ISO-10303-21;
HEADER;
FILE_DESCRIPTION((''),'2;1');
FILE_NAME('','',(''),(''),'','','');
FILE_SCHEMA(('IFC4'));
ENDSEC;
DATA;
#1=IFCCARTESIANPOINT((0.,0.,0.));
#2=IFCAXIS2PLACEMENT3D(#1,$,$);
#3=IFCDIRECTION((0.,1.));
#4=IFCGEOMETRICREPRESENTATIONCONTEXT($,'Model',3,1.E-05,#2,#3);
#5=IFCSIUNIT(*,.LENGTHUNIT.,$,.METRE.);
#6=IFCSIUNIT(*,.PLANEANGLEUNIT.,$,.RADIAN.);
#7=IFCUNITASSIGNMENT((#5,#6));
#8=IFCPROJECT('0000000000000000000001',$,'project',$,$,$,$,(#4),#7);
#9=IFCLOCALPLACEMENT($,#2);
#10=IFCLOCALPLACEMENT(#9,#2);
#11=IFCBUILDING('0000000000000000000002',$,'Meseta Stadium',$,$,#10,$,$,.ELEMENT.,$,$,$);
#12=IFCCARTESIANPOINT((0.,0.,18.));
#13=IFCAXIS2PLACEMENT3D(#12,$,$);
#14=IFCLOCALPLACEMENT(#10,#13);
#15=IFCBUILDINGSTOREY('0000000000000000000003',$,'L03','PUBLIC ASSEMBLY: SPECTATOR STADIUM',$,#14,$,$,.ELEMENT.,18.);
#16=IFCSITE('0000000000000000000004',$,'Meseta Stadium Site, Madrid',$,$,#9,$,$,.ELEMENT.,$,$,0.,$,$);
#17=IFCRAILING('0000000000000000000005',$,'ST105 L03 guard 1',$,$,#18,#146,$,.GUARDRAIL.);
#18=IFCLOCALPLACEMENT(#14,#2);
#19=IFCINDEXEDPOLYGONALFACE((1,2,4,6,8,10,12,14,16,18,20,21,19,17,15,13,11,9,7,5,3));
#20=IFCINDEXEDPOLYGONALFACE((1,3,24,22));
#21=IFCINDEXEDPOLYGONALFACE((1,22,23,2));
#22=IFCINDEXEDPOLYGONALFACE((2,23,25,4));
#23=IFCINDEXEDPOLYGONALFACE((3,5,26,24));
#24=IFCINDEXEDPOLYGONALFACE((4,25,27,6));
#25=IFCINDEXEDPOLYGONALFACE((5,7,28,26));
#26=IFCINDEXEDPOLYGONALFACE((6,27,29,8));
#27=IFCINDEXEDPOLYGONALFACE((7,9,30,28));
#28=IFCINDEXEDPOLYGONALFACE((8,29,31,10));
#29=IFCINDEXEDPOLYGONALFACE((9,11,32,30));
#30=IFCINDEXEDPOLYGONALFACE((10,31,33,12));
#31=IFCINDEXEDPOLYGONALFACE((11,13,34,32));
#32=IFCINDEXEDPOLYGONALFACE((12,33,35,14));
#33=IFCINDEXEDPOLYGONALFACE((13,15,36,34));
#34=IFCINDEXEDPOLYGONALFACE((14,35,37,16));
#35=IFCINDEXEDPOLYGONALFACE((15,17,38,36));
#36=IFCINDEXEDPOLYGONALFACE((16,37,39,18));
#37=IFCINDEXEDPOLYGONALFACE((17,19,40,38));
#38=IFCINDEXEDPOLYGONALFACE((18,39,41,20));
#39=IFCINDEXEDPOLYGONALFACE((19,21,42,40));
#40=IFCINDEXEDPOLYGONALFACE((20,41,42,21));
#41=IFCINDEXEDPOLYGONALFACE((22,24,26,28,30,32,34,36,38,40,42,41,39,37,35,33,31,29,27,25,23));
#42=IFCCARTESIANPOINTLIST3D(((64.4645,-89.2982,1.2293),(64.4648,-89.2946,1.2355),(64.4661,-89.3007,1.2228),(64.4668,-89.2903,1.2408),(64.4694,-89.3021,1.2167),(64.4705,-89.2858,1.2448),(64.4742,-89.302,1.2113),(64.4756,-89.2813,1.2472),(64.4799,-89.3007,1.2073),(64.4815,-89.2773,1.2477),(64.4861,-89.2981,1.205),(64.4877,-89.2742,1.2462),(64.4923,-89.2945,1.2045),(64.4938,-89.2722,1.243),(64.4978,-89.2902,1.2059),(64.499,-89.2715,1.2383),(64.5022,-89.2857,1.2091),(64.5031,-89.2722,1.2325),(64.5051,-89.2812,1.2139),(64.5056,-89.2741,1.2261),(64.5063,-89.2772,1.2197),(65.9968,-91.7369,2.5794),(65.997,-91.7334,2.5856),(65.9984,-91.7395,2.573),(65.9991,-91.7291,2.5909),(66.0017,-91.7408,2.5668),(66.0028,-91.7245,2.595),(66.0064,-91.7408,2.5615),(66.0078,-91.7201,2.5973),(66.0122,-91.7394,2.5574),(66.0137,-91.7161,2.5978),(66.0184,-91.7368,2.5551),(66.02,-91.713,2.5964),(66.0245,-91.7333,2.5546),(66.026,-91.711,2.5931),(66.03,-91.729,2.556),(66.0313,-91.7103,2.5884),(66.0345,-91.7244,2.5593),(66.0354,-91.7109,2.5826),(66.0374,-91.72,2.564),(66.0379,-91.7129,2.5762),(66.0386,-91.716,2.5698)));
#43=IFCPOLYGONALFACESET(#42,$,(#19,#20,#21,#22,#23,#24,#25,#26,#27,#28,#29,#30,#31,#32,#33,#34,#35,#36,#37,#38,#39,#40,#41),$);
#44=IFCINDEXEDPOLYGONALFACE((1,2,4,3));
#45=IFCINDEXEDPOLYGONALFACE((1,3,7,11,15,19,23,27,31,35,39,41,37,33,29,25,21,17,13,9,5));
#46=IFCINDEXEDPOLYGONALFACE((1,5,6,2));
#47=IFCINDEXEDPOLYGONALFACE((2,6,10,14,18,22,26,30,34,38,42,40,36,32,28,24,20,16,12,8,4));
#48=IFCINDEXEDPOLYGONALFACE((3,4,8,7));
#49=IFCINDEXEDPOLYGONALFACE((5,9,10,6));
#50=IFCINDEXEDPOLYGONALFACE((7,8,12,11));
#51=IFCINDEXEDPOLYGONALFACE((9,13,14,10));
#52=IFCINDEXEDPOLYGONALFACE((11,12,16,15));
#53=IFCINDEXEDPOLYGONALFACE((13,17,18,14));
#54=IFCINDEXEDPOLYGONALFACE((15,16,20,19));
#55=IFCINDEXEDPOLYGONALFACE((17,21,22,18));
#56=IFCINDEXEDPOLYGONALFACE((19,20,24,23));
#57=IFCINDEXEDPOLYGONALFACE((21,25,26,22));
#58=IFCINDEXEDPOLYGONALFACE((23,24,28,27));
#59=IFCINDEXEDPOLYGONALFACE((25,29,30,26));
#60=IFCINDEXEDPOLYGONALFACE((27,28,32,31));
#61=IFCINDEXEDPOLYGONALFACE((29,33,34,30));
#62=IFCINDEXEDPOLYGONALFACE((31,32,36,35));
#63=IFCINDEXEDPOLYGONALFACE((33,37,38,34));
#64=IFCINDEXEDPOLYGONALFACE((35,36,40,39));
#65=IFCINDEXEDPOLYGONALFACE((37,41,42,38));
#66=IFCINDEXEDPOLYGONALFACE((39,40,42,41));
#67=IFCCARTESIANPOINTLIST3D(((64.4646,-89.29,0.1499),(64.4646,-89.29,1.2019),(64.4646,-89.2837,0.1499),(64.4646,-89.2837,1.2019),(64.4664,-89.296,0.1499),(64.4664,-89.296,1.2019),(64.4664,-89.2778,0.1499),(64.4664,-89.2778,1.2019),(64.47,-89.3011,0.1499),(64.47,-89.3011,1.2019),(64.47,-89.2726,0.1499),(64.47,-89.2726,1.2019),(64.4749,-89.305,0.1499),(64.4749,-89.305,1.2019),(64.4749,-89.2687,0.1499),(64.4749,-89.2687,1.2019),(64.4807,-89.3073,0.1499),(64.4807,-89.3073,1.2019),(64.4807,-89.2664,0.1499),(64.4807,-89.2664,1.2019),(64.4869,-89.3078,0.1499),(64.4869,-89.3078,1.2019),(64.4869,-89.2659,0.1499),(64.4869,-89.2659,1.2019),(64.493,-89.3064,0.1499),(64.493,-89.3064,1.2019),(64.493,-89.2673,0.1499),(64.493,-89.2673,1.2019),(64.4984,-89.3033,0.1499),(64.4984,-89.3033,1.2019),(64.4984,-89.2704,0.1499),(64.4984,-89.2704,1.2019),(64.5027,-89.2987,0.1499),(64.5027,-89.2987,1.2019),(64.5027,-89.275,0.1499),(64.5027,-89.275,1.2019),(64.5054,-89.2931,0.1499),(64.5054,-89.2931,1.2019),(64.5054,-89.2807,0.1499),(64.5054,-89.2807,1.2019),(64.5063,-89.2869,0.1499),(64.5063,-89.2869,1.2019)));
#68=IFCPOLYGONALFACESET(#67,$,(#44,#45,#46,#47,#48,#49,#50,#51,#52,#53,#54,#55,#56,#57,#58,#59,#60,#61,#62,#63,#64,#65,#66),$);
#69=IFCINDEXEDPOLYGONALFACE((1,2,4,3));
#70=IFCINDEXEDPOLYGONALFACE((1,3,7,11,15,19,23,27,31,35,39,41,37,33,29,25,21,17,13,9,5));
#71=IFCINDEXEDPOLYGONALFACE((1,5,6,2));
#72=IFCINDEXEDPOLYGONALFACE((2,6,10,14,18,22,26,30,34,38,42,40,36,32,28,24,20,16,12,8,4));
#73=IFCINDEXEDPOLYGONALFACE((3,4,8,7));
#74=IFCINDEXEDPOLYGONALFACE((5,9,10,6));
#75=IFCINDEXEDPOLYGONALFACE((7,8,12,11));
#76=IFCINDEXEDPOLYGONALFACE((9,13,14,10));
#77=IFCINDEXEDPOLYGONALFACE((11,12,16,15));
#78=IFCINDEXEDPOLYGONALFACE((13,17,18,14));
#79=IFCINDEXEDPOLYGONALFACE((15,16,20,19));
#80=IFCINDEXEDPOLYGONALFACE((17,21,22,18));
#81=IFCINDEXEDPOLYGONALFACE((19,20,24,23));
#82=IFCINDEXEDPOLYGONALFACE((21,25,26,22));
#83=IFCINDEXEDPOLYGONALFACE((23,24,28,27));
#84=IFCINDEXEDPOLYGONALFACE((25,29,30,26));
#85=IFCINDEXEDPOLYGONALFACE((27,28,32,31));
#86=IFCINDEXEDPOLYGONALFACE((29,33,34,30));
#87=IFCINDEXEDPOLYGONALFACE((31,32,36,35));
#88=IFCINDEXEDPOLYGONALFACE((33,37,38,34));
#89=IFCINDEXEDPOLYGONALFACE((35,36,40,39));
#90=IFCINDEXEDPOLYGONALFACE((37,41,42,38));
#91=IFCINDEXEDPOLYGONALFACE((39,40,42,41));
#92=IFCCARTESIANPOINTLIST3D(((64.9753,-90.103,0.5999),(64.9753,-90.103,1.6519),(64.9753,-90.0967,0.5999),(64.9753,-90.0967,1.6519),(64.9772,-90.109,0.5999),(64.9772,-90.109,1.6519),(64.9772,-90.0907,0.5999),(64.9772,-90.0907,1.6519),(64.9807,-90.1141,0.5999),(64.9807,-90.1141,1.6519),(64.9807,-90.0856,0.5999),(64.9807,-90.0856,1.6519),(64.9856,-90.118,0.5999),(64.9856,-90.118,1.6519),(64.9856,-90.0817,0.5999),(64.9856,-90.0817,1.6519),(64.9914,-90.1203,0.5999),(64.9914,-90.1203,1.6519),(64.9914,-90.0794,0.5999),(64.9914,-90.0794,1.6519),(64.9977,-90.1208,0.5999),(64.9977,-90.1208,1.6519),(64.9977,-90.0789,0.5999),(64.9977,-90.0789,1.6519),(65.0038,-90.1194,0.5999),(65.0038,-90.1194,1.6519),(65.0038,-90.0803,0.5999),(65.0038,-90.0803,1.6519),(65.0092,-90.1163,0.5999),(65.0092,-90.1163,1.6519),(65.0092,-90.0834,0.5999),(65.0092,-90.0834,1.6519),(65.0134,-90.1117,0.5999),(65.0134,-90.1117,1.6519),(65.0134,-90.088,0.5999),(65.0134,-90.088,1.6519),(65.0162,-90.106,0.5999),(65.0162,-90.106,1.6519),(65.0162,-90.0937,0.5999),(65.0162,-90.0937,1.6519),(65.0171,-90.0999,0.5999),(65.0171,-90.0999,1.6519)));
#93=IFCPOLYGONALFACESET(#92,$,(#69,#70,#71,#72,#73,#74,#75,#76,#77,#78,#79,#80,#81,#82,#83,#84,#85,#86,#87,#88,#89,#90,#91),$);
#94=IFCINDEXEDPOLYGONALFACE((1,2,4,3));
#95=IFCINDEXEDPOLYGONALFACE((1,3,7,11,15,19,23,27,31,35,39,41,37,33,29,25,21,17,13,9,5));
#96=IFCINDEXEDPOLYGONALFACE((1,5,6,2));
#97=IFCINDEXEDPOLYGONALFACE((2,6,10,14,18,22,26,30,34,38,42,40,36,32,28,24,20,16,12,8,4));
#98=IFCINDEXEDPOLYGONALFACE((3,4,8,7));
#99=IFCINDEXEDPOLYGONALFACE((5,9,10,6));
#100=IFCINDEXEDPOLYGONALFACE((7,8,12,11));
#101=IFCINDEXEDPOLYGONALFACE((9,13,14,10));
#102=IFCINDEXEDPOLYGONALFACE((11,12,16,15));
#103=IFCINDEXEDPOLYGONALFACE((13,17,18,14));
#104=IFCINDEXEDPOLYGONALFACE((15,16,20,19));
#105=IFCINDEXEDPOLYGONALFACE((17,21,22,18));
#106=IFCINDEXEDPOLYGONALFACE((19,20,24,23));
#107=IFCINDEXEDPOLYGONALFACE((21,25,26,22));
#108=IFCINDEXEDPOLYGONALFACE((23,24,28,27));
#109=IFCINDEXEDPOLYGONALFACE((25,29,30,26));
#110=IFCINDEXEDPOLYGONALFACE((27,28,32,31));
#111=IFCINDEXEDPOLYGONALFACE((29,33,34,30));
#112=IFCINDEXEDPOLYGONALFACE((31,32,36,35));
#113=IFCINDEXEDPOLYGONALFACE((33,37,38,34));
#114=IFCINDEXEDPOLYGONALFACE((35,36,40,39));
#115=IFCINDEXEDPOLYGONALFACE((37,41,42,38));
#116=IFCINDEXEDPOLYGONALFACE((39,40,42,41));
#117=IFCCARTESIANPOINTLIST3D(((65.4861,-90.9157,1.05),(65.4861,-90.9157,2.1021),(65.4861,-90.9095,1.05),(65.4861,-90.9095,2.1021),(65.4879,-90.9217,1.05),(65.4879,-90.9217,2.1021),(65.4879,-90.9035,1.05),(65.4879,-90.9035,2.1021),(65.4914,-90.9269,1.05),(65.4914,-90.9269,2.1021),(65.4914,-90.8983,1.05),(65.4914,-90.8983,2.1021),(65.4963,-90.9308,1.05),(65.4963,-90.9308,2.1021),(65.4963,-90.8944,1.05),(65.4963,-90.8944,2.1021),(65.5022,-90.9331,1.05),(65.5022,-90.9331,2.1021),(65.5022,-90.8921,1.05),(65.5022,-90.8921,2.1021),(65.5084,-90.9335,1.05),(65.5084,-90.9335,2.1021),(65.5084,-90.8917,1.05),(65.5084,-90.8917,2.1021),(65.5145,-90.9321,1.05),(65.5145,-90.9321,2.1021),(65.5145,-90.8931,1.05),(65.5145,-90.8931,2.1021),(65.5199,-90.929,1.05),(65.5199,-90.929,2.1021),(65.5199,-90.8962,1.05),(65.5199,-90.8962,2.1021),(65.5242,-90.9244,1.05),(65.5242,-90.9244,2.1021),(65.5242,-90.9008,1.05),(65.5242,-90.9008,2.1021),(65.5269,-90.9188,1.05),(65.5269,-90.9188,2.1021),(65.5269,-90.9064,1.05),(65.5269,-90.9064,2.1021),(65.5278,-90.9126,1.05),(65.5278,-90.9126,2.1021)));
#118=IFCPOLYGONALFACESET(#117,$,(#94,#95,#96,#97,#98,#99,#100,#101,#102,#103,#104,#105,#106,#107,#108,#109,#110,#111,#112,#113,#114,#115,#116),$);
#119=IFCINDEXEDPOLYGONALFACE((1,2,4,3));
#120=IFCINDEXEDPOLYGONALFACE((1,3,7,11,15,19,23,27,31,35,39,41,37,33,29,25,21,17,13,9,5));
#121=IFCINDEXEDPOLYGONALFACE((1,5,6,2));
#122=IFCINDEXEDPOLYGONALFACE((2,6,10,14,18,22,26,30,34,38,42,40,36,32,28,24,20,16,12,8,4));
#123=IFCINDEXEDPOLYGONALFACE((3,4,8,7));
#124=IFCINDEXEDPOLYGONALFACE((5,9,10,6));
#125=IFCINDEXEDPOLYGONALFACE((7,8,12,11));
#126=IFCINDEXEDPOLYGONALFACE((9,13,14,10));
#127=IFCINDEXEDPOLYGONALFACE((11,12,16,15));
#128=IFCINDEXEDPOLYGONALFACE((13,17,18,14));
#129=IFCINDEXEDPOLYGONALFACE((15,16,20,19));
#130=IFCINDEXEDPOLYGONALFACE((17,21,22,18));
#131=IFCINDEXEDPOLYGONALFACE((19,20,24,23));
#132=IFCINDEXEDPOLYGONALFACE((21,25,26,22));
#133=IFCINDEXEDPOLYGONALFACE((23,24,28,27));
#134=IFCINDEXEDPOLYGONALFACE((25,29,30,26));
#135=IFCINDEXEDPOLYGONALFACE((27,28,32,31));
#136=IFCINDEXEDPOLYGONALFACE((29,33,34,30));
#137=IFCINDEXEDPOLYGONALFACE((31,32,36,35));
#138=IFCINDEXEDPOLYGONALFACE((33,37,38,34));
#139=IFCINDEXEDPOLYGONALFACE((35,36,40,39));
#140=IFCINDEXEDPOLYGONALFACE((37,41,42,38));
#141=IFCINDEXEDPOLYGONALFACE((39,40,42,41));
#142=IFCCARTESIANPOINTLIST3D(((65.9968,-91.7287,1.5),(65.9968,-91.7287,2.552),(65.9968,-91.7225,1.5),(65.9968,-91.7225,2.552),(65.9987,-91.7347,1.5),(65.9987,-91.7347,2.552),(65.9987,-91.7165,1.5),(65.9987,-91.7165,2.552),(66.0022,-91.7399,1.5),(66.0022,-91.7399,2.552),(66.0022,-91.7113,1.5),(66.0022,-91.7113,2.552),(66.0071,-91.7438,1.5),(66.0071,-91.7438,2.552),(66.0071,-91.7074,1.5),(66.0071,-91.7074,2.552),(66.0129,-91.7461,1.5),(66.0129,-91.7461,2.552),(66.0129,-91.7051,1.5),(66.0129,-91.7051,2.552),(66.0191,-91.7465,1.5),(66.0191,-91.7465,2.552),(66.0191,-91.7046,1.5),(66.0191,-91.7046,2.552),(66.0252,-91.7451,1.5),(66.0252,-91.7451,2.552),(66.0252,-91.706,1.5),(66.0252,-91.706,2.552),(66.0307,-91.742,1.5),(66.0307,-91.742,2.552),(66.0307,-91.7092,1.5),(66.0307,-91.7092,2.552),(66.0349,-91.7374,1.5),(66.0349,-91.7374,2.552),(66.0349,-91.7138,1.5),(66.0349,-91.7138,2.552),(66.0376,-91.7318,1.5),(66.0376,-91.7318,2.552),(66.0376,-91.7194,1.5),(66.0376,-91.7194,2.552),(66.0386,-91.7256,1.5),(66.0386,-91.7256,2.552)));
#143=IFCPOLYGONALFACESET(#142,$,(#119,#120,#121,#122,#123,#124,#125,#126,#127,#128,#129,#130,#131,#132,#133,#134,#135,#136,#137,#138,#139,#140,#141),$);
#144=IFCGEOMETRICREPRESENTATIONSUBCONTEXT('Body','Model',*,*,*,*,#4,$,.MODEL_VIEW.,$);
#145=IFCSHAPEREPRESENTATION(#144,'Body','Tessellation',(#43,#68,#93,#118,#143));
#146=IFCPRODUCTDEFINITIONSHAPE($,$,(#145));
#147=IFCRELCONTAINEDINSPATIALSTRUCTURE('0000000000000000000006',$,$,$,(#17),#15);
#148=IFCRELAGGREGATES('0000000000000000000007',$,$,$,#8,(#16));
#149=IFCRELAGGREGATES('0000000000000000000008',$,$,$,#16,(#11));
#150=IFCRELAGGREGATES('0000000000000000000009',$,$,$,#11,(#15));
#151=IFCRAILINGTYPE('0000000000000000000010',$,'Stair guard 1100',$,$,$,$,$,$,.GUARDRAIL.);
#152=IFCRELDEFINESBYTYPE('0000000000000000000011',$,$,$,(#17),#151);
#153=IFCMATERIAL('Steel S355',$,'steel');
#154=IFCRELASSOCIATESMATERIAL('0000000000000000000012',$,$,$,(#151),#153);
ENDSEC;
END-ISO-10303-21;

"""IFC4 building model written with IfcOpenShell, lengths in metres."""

from ifc_helpers import new_model, si_unit, direction, frame, origin, origin_2d, place, context, subcontext, project, spatial, circle, extrude, material, type_object, element, save


model = new_model("IFC4")

# Units and contexts
model_context = context("Model", 3, precision=1e-05, world=origin(), true_north=direction((0.0, 1.0)))
body_context = subcontext(model_context, "Body", "Model", "MODEL_VIEW")
ifc_project = project(units=[si_unit("LENGTHUNIT", "METRE"), si_unit("PLANEANGLEUNIT", "RADIAN")], contexts=[model_context])

# Site, building, storey
site_placement = place(None, origin())
site = spatial("IfcSite", under=ifc_project, at=site_placement, Name="Meseta Stadium Site, Madrid", CompositionType="ELEMENT", RefElevation=0.0)
building_placement = place(site_placement, origin())
building = spatial("IfcBuilding", under=site, at=building_placement, Name="Meseta Stadium", CompositionType="ELEMENT")
storey_placement = place(building_placement, frame((0.0, 0.0, 18.0)))
storey = spatial("IfcBuildingStorey", under=building, at=storey_placement, Name="L03", Description="PUBLIC ASSEMBLY: SPECTATOR STADIUM", CompositionType="ELEMENT", Elevation=18.0)

# Railing
ifc_material_1 = material(Name="Steel S355", Category="steel")
railing_type_1 = type_object("IfcRailingType", Name="Stair guard 1100", PredefinedType="GUARDRAIL", material=ifc_material_1)
railing_1_placement = place(storey_placement, frame((64.4854, -89.2869, 0.1499)))
element("IfcRailing", 1, at=railing_1_placement, inside=storey, type_object=railing_type_1, Name="ST105 L03 guard 1", PredefinedType="GUARDRAIL", context=body_context, shape_type="SweptSolid", body=[
    extrude(circle(Radius=0.0239, at=origin_2d()), frame((0.0, 0.0, 1.0762), z_axis=(0.481703, -0.766687, 0.424445), x_axis=(0.846743, 0.532001, 0.0)), (0.0, 0.0, 1.0), 3.1809),
    extrude(circle(Radius=0.021, at=origin_2d()), origin(), (0.0, 0.0, 1.0), 1.052),
    extrude(circle(Radius=0.021, at=origin_2d()), frame((0.5107, -0.813, 0.45)), (0.0, 0.0, 1.0), 1.052),
    extrude(circle(Radius=0.021, at=origin_2d()), frame((1.0215, -1.6257, 0.9001)), (0.0, 0.0, 1.0), 1.052),
    extrude(circle(Radius=0.021, at=origin_2d()), frame((1.5322, -2.4387, 1.3501)), (0.0, 0.0, 1.0), 1.052),
])

save(model, "model.ifc")
